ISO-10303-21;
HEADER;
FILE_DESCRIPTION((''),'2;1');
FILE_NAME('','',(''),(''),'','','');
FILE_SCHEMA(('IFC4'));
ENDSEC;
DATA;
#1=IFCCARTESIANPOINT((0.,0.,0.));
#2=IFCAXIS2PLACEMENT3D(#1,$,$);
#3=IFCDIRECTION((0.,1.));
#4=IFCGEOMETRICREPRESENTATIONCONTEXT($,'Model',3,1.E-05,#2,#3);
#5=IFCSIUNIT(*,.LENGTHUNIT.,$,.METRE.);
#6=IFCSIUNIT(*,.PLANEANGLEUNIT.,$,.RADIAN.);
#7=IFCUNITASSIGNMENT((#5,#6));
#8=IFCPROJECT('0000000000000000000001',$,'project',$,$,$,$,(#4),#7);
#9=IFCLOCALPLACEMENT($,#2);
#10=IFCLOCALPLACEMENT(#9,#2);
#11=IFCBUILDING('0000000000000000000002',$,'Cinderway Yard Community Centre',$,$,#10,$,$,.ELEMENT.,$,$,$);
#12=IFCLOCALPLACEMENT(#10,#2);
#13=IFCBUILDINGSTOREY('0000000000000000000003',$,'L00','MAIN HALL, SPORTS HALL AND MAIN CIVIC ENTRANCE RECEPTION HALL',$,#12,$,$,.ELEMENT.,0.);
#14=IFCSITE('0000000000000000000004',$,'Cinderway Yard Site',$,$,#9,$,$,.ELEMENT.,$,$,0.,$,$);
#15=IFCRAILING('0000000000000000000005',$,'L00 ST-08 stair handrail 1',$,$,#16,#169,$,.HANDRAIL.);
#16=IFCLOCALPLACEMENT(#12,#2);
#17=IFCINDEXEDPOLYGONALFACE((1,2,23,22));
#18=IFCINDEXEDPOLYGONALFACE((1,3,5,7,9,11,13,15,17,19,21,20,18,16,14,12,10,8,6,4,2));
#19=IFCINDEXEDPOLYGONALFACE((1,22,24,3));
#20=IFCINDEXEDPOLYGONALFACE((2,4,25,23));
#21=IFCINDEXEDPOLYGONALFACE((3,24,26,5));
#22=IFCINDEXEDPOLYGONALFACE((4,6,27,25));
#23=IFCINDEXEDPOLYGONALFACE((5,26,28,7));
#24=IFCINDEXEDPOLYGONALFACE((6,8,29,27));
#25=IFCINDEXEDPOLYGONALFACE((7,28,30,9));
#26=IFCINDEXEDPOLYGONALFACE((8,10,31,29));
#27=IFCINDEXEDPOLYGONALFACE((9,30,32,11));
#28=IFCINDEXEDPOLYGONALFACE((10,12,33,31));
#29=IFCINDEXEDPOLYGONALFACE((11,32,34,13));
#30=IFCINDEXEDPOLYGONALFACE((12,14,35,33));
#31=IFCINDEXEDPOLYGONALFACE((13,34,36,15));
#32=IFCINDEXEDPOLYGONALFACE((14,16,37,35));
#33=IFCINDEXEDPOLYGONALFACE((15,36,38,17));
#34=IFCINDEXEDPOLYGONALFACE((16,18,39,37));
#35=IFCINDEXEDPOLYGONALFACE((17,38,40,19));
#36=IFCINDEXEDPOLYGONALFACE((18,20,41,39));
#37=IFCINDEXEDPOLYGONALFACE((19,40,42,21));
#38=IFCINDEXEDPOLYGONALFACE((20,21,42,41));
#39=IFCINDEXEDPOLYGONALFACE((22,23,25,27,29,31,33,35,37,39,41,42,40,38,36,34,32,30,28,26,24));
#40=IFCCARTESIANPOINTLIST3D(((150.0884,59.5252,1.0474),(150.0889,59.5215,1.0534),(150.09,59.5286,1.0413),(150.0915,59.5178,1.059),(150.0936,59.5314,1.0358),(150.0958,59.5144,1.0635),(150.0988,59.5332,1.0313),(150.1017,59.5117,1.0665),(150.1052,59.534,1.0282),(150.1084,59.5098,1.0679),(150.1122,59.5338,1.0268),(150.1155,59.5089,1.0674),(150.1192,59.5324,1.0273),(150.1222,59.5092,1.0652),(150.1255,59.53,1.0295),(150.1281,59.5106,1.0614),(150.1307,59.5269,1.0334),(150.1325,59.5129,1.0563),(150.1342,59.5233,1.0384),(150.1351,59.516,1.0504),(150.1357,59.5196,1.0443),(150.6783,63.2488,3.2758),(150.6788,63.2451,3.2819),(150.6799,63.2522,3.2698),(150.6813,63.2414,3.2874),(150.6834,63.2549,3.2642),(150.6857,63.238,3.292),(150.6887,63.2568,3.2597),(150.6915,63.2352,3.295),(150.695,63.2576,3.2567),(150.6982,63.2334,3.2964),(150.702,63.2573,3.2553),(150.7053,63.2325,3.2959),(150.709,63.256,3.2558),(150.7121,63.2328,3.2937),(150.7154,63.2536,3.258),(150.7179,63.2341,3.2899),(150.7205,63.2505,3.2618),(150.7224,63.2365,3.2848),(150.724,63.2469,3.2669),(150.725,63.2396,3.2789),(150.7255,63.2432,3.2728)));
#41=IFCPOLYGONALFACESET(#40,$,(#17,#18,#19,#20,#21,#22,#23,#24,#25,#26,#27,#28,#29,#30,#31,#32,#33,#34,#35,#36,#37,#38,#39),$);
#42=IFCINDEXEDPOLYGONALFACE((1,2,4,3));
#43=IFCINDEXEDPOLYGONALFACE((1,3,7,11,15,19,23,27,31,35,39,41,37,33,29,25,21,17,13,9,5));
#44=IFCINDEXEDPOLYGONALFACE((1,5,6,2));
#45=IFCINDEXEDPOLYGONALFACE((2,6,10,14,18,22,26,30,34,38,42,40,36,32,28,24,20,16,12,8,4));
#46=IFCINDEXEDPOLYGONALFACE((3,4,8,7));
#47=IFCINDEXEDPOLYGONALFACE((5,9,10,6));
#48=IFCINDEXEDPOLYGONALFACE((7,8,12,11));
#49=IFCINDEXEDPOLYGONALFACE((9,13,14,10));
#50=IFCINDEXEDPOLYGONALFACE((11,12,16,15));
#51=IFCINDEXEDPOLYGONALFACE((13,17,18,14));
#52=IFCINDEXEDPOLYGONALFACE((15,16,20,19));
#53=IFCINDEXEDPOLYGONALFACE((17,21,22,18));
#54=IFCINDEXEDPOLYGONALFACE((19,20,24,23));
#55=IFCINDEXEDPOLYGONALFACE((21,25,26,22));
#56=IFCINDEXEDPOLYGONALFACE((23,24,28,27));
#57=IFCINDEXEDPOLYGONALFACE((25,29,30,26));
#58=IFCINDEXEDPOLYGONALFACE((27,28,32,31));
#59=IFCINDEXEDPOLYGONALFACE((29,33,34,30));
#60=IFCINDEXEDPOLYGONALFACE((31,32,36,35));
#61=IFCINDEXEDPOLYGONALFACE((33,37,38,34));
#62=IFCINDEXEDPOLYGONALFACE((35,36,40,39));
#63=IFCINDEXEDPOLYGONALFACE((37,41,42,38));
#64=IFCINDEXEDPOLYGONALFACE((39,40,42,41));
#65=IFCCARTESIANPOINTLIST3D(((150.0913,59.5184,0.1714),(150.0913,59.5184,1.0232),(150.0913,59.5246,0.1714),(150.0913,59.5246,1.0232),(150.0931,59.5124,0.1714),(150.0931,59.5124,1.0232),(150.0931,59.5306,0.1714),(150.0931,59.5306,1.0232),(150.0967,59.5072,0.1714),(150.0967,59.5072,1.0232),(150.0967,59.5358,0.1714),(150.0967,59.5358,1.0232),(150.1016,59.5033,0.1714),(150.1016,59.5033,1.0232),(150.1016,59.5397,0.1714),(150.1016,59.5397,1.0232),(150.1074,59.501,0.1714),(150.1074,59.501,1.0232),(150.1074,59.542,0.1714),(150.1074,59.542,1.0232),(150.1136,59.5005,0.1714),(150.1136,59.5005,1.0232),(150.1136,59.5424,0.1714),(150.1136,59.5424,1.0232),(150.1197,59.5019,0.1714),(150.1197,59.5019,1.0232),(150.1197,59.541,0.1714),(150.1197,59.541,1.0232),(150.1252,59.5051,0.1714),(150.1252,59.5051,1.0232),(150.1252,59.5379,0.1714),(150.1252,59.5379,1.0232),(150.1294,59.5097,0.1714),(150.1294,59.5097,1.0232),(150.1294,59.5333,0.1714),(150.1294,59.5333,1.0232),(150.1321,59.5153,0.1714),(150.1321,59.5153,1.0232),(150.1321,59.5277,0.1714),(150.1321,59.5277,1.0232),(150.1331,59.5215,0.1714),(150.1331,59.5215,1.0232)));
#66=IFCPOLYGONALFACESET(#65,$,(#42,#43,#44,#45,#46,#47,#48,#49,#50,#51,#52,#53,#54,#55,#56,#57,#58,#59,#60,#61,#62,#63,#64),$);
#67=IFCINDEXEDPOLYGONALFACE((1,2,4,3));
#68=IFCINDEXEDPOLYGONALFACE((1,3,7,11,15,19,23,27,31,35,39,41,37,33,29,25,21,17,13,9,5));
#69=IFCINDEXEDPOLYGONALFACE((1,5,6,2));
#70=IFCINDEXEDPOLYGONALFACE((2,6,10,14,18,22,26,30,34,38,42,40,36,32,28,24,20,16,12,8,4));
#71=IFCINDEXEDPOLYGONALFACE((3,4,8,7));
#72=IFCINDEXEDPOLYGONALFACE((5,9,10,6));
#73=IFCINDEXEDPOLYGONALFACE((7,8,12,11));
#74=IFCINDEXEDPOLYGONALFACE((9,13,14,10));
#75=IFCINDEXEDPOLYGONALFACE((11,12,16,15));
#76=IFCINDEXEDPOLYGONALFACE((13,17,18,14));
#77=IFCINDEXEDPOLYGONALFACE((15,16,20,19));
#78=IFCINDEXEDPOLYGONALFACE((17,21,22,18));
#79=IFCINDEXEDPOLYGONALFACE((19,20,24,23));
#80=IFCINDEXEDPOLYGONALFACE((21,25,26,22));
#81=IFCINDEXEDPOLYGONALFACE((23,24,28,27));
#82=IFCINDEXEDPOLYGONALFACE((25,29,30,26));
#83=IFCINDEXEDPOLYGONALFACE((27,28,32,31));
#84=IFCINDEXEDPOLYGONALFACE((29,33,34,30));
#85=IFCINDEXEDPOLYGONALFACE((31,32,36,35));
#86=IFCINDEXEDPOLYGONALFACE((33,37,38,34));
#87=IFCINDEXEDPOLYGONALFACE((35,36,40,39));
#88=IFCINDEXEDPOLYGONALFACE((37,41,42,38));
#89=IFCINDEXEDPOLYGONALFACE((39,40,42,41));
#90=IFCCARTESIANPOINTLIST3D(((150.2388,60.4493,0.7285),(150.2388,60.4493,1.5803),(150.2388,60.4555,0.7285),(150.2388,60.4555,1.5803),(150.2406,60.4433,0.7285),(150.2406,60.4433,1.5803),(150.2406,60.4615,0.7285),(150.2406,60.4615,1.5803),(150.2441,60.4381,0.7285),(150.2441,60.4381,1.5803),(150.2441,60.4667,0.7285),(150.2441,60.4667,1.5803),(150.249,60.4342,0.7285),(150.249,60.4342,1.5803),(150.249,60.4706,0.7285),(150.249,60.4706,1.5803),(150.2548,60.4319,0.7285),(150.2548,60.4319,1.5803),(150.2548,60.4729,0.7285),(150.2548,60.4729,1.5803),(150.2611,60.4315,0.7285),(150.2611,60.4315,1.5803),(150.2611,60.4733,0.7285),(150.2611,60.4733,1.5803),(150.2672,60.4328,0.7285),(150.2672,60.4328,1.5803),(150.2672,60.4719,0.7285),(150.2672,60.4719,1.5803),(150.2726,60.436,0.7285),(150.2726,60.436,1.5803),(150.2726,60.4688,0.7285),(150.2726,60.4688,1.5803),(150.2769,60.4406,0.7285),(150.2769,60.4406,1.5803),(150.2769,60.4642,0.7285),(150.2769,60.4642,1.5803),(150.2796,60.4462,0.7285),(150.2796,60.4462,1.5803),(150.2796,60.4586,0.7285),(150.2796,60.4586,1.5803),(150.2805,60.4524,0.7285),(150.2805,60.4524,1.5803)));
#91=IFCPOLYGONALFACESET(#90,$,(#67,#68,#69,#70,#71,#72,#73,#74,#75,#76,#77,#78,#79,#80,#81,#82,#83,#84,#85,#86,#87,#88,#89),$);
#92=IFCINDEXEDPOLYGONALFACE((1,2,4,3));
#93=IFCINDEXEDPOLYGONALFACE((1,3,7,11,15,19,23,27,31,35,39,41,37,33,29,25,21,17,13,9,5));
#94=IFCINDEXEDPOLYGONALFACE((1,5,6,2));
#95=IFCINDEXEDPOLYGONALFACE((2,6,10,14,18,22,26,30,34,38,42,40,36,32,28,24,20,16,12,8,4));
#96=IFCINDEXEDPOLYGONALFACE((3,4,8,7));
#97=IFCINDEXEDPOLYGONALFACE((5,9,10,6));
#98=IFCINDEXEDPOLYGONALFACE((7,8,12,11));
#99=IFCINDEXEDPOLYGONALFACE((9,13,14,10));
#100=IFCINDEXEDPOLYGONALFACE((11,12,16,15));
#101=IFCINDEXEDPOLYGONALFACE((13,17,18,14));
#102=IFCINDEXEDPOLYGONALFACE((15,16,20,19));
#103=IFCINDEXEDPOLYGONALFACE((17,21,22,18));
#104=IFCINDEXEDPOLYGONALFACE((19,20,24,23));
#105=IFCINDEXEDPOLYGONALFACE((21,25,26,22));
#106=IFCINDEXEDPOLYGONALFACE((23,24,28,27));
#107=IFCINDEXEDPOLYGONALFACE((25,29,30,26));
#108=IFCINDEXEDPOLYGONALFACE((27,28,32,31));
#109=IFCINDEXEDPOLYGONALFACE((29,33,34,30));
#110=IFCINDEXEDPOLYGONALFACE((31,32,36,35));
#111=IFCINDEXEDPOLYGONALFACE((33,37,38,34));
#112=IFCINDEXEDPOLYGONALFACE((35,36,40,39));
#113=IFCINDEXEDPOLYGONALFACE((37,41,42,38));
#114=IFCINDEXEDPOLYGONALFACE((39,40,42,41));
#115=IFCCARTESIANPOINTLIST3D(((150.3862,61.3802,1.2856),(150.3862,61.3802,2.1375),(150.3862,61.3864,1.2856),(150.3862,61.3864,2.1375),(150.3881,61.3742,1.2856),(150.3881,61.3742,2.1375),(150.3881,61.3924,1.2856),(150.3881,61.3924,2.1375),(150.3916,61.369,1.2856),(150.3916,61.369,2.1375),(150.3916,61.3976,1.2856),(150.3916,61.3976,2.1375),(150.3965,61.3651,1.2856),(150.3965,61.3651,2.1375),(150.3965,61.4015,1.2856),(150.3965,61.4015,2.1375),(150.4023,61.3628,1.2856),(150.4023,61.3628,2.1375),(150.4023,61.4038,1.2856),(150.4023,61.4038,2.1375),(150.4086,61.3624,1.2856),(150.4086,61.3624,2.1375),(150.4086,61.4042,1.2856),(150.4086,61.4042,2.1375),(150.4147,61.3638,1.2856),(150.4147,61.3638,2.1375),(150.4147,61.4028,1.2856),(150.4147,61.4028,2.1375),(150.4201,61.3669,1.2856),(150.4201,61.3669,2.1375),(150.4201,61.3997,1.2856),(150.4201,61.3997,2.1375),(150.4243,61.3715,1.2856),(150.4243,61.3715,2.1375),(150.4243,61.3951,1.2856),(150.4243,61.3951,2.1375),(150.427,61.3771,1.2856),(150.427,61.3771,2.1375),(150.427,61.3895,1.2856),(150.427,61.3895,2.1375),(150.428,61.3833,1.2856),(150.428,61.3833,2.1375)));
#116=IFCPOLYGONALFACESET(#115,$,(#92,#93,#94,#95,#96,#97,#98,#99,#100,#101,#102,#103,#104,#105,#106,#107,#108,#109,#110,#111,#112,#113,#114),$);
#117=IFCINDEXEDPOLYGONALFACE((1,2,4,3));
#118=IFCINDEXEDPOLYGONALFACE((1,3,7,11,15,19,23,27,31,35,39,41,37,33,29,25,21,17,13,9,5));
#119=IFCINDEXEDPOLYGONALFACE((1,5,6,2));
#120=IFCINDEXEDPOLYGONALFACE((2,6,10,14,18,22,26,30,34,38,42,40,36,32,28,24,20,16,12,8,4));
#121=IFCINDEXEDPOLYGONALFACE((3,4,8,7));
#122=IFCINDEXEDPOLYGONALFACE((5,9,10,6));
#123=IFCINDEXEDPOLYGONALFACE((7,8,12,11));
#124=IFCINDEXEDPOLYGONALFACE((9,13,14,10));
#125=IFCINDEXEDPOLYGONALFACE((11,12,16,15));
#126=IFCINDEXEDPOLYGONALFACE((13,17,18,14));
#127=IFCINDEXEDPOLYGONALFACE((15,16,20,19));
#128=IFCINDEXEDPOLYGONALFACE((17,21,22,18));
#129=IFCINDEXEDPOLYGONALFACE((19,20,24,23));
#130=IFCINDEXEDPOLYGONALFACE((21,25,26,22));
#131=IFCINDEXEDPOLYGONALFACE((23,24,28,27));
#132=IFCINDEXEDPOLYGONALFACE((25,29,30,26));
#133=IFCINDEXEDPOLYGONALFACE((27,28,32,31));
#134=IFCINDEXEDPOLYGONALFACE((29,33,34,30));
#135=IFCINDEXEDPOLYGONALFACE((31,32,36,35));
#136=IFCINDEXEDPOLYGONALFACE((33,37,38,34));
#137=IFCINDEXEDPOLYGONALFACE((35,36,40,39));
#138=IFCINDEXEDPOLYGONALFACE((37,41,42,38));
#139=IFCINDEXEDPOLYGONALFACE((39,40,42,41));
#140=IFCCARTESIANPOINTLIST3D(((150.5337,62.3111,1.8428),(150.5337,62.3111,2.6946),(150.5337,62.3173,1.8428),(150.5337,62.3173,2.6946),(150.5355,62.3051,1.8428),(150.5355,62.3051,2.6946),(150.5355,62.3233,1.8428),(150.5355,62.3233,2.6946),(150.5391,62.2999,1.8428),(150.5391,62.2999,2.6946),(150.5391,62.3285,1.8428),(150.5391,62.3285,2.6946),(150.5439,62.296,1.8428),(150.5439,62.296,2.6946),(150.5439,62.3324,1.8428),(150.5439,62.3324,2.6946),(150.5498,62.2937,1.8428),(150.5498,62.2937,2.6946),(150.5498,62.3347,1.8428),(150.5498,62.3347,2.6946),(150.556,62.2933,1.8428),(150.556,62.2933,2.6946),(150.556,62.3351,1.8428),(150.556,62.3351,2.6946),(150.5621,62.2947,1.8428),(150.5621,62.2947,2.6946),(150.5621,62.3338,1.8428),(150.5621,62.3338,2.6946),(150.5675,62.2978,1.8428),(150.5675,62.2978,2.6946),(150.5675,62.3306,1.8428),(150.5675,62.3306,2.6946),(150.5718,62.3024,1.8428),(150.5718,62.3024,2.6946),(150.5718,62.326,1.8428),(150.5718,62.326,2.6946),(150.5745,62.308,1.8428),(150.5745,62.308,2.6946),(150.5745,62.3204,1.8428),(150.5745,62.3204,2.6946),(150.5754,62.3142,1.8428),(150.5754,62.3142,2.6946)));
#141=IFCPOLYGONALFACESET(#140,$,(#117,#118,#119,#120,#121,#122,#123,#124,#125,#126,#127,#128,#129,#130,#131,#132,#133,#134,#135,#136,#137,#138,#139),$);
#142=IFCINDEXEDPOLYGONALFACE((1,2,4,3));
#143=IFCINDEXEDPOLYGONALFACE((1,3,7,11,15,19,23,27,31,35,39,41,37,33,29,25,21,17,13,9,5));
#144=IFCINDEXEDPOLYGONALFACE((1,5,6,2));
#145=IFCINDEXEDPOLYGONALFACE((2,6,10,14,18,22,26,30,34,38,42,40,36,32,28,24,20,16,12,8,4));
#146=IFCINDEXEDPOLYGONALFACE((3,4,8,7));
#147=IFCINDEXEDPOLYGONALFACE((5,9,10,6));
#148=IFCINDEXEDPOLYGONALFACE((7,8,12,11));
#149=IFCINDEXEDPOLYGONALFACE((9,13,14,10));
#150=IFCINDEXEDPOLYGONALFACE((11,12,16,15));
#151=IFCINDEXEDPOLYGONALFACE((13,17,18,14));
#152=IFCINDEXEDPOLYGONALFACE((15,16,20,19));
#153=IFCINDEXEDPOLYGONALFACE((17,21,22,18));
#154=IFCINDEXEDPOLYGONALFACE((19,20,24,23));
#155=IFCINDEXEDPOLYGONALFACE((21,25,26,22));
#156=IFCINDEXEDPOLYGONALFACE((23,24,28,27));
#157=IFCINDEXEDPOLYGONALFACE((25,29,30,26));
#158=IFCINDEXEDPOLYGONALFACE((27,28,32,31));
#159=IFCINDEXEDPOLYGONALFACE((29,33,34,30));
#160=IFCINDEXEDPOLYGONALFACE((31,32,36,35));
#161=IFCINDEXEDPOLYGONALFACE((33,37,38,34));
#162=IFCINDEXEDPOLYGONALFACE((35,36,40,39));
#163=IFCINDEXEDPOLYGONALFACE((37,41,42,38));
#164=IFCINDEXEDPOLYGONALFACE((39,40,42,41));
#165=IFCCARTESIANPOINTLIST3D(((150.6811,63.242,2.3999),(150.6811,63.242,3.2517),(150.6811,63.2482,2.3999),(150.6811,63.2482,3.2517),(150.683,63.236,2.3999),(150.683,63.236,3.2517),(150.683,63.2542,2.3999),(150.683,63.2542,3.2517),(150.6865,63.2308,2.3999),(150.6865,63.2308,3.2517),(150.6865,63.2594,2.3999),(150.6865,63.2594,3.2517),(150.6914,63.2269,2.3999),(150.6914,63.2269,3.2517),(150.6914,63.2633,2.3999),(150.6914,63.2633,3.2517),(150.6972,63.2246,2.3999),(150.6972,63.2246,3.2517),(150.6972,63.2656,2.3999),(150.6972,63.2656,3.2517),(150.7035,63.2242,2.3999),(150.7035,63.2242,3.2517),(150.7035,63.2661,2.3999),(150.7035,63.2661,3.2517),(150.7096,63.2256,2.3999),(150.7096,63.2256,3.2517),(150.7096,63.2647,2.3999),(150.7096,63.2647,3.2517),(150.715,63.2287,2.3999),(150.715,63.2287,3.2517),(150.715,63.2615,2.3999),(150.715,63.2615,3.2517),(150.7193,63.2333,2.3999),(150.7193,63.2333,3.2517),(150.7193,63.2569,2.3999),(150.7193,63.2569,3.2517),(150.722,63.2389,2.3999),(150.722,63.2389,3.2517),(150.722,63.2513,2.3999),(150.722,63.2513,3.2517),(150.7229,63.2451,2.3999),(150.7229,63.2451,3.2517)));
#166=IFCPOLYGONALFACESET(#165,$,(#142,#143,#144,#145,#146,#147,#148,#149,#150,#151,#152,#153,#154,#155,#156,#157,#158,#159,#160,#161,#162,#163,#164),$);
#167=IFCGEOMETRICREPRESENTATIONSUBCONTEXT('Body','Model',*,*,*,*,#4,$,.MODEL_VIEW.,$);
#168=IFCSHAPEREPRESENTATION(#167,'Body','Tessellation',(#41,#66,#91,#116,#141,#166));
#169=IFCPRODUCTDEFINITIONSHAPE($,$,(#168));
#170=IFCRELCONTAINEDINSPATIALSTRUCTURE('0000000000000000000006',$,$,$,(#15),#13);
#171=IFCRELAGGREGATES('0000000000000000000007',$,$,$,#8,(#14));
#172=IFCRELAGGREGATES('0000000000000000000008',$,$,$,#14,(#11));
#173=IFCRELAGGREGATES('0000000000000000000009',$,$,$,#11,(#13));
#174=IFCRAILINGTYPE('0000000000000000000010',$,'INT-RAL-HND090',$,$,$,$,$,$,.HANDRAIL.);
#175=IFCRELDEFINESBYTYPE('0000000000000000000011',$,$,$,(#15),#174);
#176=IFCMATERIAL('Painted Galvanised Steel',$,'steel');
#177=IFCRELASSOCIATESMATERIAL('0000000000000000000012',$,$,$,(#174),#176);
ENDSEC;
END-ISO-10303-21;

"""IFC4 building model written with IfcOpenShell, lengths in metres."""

from ifc_helpers import new_model, si_unit, direction, frame, origin, origin_2d, place, context, subcontext, project, spatial, circle, extrude, material, type_object, element, save


model = new_model("IFC4")

# Units and contexts
model_context = context("Model", 3, precision=1e-05, world=origin(), true_north=direction((0.0, 1.0)))
body_context = subcontext(model_context, "Body", "Model", "MODEL_VIEW")
ifc_project = project(units=[si_unit("LENGTHUNIT", "METRE"), si_unit("PLANEANGLEUNIT", "RADIAN")], contexts=[model_context])

# Site, building, storey
site_placement = place(None, origin())
site = spatial("IfcSite", under=ifc_project, at=site_placement, Name="Cinderway Yard Site", CompositionType="ELEMENT", RefElevation=0.0)
building_placement = place(site_placement, origin())
building = spatial("IfcBuilding", under=site, at=building_placement, Name="Cinderway Yard Community Centre", CompositionType="ELEMENT")
storey_placement = place(building_placement, origin())
storey = spatial("IfcBuildingStorey", under=building, at=storey_placement, Name="L00", Description="MAIN HALL, SPORTS HALL AND MAIN CIVIC ENTRANCE RECEPTION HALL", CompositionType="ELEMENT", Elevation=0.0)

# Railing
ifc_material_1 = material(Name="Painted Galvanised Steel", Category="steel")
railing_type_1 = type_object("IfcRailingType", Name="INT-RAL-HND090", PredefinedType="HANDRAIL", material=ifc_material_1)
railing_1_placement = place(storey_placement, frame((150.1121, 59.5215, 0.1714)))
element("IfcRailing", 1, at=railing_1_placement, inside=storey, type_object=railing_type_1, Name="L00 ST-08 stair handrail 1", PredefinedType="HANDRAIL", context=body_context, shape_type="SweptSolid", body=[
    extrude(circle(Radius=0.0239, at=origin_2d()), frame((0.0, 0.0, 0.876), z_axis=(0.134684, 0.85025, 0.508857), x_axis=(-0.987685, 0.156455, 0.0)), (0.0, 0.0, 1.0), 4.3794),
    extrude(circle(Radius=0.021, at=origin_2d()), origin(), (0.0, 0.0, 1.0), 0.8518),
    extrude(circle(Radius=0.021, at=origin_2d()), frame((0.1475, 0.9309, 0.5571)), (0.0, 0.0, 1.0), 0.8518),
    extrude(circle(Radius=0.021, at=origin_2d()), frame((0.2949, 1.8618, 1.1143)), (0.0, 0.0, 1.0), 0.8518),
    extrude(circle(Radius=0.021, at=origin_2d()), frame((0.4424, 2.7927, 1.6714)), (0.0, 0.0, 1.0), 0.8518),
    extrude(circle(Radius=0.021, at=origin_2d()), frame((0.5898, 3.7236, 2.2285)), (0.0, 0.0, 1.0), 0.8518),
])

save(model, "model.ifc")
